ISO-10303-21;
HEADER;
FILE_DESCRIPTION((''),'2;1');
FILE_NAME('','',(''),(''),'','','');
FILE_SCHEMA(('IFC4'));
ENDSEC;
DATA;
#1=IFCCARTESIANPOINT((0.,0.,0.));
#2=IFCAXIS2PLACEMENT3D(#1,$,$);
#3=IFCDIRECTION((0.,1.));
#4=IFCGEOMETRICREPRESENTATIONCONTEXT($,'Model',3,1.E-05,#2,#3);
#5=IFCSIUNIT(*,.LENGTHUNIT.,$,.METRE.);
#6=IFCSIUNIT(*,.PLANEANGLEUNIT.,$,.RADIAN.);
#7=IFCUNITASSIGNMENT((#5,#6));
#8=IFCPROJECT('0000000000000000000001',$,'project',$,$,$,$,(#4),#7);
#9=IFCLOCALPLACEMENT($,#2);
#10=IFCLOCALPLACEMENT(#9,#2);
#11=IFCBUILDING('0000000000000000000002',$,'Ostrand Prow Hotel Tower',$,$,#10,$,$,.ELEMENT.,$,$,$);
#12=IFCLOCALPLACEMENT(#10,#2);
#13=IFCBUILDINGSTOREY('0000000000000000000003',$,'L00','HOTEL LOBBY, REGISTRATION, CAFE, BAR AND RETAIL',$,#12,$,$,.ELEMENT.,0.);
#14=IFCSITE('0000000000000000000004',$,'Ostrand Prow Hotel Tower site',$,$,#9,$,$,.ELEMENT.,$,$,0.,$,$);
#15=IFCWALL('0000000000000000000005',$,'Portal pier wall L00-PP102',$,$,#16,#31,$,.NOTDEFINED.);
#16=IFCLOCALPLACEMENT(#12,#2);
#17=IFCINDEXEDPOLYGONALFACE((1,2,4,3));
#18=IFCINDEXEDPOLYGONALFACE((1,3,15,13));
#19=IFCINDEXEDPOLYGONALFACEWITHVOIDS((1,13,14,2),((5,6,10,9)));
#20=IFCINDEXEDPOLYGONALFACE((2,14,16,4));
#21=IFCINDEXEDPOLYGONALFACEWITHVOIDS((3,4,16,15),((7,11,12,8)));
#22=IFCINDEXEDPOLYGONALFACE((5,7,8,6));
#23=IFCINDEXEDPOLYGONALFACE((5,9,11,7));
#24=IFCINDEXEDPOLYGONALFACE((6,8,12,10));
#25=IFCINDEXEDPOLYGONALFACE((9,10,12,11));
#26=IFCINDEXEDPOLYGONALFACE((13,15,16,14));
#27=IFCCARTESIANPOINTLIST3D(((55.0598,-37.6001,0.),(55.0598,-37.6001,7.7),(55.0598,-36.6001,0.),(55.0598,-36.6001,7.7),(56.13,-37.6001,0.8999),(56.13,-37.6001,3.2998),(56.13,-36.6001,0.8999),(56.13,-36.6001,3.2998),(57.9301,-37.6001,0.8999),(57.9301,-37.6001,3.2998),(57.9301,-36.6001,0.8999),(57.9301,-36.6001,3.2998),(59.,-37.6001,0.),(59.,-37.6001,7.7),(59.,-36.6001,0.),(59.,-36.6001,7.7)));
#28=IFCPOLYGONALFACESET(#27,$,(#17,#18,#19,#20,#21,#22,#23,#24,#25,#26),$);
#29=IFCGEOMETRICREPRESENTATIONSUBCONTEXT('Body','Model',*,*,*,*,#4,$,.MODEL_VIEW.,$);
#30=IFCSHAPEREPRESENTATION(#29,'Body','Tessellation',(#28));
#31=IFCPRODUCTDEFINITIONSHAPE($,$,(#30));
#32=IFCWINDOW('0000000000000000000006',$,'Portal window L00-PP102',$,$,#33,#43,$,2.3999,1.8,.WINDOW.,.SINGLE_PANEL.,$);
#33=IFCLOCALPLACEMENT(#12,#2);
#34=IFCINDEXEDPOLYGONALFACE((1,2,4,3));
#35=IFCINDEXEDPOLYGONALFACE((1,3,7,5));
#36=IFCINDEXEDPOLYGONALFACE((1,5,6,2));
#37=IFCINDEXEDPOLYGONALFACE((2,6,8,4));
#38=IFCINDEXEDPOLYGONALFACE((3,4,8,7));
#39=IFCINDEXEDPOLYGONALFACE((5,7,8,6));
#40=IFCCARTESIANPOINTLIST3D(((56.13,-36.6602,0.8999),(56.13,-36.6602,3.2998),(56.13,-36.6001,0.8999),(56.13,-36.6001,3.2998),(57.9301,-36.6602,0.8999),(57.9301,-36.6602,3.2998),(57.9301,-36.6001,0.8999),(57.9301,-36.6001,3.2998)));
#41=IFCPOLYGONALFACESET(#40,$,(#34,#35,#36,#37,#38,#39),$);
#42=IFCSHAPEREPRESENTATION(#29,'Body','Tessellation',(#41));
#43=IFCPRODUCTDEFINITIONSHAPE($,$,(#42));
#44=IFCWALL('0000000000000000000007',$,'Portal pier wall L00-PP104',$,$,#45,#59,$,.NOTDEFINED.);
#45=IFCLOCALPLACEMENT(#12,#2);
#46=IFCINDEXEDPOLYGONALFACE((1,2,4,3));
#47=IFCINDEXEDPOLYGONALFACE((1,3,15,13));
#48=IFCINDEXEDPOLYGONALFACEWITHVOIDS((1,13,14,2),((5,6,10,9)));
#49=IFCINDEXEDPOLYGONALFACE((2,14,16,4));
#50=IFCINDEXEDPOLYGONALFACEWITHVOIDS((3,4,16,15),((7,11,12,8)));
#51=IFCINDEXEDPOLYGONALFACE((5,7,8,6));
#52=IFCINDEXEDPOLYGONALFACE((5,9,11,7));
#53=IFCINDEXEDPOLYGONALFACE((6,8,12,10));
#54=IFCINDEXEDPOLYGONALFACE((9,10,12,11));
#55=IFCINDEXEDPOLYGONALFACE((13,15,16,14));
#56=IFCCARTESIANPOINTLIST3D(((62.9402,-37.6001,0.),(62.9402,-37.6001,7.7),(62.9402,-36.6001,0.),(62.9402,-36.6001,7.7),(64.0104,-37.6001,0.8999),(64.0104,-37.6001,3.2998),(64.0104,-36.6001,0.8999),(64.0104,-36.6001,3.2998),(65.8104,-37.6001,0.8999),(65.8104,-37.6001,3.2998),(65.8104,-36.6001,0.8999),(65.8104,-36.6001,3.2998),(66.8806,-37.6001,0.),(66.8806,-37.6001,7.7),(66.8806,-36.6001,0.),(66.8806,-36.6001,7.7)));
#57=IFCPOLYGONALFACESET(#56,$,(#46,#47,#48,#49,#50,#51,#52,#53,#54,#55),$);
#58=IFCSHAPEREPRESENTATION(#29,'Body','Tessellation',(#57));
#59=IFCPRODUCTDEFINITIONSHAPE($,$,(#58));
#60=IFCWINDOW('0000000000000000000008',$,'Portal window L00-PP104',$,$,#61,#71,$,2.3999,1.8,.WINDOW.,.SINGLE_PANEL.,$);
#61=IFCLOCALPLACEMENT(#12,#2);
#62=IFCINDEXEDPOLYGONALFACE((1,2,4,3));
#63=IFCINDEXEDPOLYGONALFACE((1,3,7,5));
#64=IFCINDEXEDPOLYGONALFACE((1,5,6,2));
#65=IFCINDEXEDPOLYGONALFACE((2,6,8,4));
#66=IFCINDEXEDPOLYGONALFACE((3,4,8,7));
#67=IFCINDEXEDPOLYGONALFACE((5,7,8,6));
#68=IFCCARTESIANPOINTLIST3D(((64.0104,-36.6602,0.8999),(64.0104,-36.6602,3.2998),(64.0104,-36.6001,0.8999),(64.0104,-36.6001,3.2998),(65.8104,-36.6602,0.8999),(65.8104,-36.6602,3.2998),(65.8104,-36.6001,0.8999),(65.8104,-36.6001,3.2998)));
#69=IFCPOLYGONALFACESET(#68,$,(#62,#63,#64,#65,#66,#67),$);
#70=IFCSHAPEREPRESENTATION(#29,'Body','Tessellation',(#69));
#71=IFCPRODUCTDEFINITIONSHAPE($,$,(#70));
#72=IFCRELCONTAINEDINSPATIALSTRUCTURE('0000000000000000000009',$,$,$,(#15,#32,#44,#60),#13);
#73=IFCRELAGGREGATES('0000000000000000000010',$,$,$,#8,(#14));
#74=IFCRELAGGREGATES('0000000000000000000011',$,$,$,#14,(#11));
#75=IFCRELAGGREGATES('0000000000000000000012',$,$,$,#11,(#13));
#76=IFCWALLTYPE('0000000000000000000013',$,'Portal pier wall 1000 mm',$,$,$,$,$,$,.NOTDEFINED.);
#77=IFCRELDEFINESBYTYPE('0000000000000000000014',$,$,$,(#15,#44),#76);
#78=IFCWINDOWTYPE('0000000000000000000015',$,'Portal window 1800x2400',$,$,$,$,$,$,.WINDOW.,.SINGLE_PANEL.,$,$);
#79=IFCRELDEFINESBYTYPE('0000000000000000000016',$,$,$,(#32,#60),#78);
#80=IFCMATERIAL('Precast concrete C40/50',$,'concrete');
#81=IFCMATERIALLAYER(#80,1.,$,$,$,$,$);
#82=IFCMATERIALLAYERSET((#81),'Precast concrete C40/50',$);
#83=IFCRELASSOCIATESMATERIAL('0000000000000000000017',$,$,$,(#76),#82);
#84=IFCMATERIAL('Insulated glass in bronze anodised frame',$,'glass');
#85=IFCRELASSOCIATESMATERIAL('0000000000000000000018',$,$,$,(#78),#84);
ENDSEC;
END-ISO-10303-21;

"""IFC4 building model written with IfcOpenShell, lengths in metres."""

from ifc_helpers import new_model, si_unit, direction, frame, frame_2d, origin, place, context, subcontext, project, spatial, polyline, rectangle, outline, extrude, material, layer, layer_set, type_object, element, fill, save


model = new_model("IFC4")

# Units and contexts
model_context = context("Model", 3, precision=1e-05, world=origin(), true_north=direction((0.0, 1.0)))
body_context = subcontext(model_context, "Body", "Model", "MODEL_VIEW")
ifc_project = project(units=[si_unit("LENGTHUNIT", "METRE"), si_unit("PLANEANGLEUNIT", "RADIAN")], contexts=[model_context])

# Site, building, storey
site_placement = place(None, origin())
site = spatial("IfcSite", under=ifc_project, at=site_placement, Name="Ostrand Prow Hotel Tower site", CompositionType="ELEMENT", RefElevation=0.0)
building_placement = place(site_placement, origin())
building = spatial("IfcBuilding", under=site, at=building_placement, Name="Ostrand Prow Hotel Tower", CompositionType="ELEMENT")
storey_placement = place(building_placement, origin())
storey = spatial("IfcBuildingStorey", under=building, at=storey_placement, Name="L00", Description="HOTEL LOBBY, REGISTRATION, CAFE, BAR AND RETAIL", CompositionType="ELEMENT", Elevation=0.0)

# Wall, opening, window
ifc_material_1 = material(Name="Precast concrete C40/50", Category="concrete")
ifc_layer_1 = layer(ifc_material_1, 1.0)
ifc_layer_set_1 = layer_set([ifc_layer_1], Name="Precast concrete C40/50")
wall_type_1 = type_object("IfcWallType", Name="Portal pier wall 1000 mm", PredefinedType="NOTDEFINED", material=ifc_layer_set_1)
ifc_material_2 = material(Name="Insulated glass in bronze anodised frame", Category="glass")
window_type = type_object("IfcWindowType", Name="Portal window 1800x2400", PartitioningType="SINGLE_PANEL", PredefinedType="WINDOW", material=ifc_material_2)
wall_1_placement = place(storey_placement, frame((55.0598, -37.1001, 0.0), z_axis=(0.0, 0.0, 1.0), x_axis=(1.0, 0.0, 0.0)))
wall_1 = element("IfcWall", 1, at=wall_1_placement, inside=storey, type_object=wall_type_1, Name="Portal pier wall L00-PP102", PredefinedType="NOTDEFINED", context=body_context, shape_type="SweptSolid", body=[
    extrude(outline(polyline([(0.0, -0.5), (3.9402, -0.5), (3.9402, 0.5), (0.0, 0.5), (0.0, -0.5)])), origin(), (0.0, 0.0, 1.0), 7.7),
])
opening_1_placement = place(wall_1_placement, frame((1.0703, 0.0, 0.8999)))
opening_1 = element("IfcOpeningElement", 2, at=opening_1_placement, cuts=wall_1, PredefinedType="OPENING", context=body_context, shape_type="SweptSolid", body=[
    extrude(rectangle(XDim=1.8, YDim=2.3999, at=frame_2d((0.8999, 1.2))), frame((0.0, 0.51, 0.0), z_axis=(0.0, -1.0, 0.0), x_axis=(1.0, 0.0, 0.0)), (0.0, 0.0, 1.0), 1.02),
])
window_1_placement = place(opening_1_placement, origin())
window_1 = element("IfcWindow", 3, at=window_1_placement, inside=storey, type_object=window_type, Name="Portal window L00-PP102", OverallHeight=2.3999, OverallWidth=1.8, PartitioningType="SINGLE_PANEL", PredefinedType="WINDOW", context=body_context, shape_type="SweptSolid", body=[
    extrude(rectangle(XDim=1.8, YDim=2.3999, at=frame_2d((0.8999, 1.2))), frame((0.0, 0.5, 0.0), z_axis=(0.0, -1.0, 0.0), x_axis=(1.0, 0.0, 0.0)), (0.0, 0.0, 1.0), 0.0601),
])
fill(opening_1, window_1)

# Wall, opening, window
wall_2_placement = place(storey_placement, frame((62.9402, -37.1001, 0.0), z_axis=(0.0, 0.0, 1.0), x_axis=(1.0, 0.0, 0.0)))
wall_2 = element("IfcWall", 4, at=wall_2_placement, inside=storey, type_object=wall_type_1, Name="Portal pier wall L00-PP104", PredefinedType="NOTDEFINED", context=body_context, shape_type="SweptSolid", body=[
    extrude(outline(polyline([(0.0, -0.5), (3.9404, -0.5), (3.9404, 0.5), (0.0, 0.5), (0.0, -0.5)])), origin(), (0.0, 0.0, 1.0), 7.7),
])
opening_2_placement = place(wall_2_placement, frame((1.0703, 0.0, 0.8999)))
opening_2 = element("IfcOpeningElement", 5, at=opening_2_placement, cuts=wall_2, PredefinedType="OPENING", context=body_context, shape_type="SweptSolid", body=[
    extrude(rectangle(XDim=1.8, YDim=2.3999, at=frame_2d((0.8999, 1.2))), frame((0.0, 0.51, 0.0), z_axis=(0.0, -1.0, 0.0), x_axis=(1.0, 0.0, 0.0)), (0.0, 0.0, 1.0), 1.02),
])
window_2_placement = place(opening_2_placement, origin())
window_2 = element("IfcWindow", 6, at=window_2_placement, inside=storey, type_object=window_type, Name="Portal window L00-PP104", OverallHeight=2.3999, OverallWidth=1.8, PartitioningType="SINGLE_PANEL", PredefinedType="WINDOW", context=body_context, shape_type="SweptSolid", body=[
    extrude(rectangle(XDim=1.8, YDim=2.3999, at=frame_2d((0.8999, 1.2))), frame((0.0, 0.5, 0.0), z_axis=(0.0, -1.0, 0.0), x_axis=(1.0, 0.0, 0.0)), (0.0, 0.0, 1.0), 0.0601),
])
fill(opening_2, window_2)

save(model, "model.ifc")
